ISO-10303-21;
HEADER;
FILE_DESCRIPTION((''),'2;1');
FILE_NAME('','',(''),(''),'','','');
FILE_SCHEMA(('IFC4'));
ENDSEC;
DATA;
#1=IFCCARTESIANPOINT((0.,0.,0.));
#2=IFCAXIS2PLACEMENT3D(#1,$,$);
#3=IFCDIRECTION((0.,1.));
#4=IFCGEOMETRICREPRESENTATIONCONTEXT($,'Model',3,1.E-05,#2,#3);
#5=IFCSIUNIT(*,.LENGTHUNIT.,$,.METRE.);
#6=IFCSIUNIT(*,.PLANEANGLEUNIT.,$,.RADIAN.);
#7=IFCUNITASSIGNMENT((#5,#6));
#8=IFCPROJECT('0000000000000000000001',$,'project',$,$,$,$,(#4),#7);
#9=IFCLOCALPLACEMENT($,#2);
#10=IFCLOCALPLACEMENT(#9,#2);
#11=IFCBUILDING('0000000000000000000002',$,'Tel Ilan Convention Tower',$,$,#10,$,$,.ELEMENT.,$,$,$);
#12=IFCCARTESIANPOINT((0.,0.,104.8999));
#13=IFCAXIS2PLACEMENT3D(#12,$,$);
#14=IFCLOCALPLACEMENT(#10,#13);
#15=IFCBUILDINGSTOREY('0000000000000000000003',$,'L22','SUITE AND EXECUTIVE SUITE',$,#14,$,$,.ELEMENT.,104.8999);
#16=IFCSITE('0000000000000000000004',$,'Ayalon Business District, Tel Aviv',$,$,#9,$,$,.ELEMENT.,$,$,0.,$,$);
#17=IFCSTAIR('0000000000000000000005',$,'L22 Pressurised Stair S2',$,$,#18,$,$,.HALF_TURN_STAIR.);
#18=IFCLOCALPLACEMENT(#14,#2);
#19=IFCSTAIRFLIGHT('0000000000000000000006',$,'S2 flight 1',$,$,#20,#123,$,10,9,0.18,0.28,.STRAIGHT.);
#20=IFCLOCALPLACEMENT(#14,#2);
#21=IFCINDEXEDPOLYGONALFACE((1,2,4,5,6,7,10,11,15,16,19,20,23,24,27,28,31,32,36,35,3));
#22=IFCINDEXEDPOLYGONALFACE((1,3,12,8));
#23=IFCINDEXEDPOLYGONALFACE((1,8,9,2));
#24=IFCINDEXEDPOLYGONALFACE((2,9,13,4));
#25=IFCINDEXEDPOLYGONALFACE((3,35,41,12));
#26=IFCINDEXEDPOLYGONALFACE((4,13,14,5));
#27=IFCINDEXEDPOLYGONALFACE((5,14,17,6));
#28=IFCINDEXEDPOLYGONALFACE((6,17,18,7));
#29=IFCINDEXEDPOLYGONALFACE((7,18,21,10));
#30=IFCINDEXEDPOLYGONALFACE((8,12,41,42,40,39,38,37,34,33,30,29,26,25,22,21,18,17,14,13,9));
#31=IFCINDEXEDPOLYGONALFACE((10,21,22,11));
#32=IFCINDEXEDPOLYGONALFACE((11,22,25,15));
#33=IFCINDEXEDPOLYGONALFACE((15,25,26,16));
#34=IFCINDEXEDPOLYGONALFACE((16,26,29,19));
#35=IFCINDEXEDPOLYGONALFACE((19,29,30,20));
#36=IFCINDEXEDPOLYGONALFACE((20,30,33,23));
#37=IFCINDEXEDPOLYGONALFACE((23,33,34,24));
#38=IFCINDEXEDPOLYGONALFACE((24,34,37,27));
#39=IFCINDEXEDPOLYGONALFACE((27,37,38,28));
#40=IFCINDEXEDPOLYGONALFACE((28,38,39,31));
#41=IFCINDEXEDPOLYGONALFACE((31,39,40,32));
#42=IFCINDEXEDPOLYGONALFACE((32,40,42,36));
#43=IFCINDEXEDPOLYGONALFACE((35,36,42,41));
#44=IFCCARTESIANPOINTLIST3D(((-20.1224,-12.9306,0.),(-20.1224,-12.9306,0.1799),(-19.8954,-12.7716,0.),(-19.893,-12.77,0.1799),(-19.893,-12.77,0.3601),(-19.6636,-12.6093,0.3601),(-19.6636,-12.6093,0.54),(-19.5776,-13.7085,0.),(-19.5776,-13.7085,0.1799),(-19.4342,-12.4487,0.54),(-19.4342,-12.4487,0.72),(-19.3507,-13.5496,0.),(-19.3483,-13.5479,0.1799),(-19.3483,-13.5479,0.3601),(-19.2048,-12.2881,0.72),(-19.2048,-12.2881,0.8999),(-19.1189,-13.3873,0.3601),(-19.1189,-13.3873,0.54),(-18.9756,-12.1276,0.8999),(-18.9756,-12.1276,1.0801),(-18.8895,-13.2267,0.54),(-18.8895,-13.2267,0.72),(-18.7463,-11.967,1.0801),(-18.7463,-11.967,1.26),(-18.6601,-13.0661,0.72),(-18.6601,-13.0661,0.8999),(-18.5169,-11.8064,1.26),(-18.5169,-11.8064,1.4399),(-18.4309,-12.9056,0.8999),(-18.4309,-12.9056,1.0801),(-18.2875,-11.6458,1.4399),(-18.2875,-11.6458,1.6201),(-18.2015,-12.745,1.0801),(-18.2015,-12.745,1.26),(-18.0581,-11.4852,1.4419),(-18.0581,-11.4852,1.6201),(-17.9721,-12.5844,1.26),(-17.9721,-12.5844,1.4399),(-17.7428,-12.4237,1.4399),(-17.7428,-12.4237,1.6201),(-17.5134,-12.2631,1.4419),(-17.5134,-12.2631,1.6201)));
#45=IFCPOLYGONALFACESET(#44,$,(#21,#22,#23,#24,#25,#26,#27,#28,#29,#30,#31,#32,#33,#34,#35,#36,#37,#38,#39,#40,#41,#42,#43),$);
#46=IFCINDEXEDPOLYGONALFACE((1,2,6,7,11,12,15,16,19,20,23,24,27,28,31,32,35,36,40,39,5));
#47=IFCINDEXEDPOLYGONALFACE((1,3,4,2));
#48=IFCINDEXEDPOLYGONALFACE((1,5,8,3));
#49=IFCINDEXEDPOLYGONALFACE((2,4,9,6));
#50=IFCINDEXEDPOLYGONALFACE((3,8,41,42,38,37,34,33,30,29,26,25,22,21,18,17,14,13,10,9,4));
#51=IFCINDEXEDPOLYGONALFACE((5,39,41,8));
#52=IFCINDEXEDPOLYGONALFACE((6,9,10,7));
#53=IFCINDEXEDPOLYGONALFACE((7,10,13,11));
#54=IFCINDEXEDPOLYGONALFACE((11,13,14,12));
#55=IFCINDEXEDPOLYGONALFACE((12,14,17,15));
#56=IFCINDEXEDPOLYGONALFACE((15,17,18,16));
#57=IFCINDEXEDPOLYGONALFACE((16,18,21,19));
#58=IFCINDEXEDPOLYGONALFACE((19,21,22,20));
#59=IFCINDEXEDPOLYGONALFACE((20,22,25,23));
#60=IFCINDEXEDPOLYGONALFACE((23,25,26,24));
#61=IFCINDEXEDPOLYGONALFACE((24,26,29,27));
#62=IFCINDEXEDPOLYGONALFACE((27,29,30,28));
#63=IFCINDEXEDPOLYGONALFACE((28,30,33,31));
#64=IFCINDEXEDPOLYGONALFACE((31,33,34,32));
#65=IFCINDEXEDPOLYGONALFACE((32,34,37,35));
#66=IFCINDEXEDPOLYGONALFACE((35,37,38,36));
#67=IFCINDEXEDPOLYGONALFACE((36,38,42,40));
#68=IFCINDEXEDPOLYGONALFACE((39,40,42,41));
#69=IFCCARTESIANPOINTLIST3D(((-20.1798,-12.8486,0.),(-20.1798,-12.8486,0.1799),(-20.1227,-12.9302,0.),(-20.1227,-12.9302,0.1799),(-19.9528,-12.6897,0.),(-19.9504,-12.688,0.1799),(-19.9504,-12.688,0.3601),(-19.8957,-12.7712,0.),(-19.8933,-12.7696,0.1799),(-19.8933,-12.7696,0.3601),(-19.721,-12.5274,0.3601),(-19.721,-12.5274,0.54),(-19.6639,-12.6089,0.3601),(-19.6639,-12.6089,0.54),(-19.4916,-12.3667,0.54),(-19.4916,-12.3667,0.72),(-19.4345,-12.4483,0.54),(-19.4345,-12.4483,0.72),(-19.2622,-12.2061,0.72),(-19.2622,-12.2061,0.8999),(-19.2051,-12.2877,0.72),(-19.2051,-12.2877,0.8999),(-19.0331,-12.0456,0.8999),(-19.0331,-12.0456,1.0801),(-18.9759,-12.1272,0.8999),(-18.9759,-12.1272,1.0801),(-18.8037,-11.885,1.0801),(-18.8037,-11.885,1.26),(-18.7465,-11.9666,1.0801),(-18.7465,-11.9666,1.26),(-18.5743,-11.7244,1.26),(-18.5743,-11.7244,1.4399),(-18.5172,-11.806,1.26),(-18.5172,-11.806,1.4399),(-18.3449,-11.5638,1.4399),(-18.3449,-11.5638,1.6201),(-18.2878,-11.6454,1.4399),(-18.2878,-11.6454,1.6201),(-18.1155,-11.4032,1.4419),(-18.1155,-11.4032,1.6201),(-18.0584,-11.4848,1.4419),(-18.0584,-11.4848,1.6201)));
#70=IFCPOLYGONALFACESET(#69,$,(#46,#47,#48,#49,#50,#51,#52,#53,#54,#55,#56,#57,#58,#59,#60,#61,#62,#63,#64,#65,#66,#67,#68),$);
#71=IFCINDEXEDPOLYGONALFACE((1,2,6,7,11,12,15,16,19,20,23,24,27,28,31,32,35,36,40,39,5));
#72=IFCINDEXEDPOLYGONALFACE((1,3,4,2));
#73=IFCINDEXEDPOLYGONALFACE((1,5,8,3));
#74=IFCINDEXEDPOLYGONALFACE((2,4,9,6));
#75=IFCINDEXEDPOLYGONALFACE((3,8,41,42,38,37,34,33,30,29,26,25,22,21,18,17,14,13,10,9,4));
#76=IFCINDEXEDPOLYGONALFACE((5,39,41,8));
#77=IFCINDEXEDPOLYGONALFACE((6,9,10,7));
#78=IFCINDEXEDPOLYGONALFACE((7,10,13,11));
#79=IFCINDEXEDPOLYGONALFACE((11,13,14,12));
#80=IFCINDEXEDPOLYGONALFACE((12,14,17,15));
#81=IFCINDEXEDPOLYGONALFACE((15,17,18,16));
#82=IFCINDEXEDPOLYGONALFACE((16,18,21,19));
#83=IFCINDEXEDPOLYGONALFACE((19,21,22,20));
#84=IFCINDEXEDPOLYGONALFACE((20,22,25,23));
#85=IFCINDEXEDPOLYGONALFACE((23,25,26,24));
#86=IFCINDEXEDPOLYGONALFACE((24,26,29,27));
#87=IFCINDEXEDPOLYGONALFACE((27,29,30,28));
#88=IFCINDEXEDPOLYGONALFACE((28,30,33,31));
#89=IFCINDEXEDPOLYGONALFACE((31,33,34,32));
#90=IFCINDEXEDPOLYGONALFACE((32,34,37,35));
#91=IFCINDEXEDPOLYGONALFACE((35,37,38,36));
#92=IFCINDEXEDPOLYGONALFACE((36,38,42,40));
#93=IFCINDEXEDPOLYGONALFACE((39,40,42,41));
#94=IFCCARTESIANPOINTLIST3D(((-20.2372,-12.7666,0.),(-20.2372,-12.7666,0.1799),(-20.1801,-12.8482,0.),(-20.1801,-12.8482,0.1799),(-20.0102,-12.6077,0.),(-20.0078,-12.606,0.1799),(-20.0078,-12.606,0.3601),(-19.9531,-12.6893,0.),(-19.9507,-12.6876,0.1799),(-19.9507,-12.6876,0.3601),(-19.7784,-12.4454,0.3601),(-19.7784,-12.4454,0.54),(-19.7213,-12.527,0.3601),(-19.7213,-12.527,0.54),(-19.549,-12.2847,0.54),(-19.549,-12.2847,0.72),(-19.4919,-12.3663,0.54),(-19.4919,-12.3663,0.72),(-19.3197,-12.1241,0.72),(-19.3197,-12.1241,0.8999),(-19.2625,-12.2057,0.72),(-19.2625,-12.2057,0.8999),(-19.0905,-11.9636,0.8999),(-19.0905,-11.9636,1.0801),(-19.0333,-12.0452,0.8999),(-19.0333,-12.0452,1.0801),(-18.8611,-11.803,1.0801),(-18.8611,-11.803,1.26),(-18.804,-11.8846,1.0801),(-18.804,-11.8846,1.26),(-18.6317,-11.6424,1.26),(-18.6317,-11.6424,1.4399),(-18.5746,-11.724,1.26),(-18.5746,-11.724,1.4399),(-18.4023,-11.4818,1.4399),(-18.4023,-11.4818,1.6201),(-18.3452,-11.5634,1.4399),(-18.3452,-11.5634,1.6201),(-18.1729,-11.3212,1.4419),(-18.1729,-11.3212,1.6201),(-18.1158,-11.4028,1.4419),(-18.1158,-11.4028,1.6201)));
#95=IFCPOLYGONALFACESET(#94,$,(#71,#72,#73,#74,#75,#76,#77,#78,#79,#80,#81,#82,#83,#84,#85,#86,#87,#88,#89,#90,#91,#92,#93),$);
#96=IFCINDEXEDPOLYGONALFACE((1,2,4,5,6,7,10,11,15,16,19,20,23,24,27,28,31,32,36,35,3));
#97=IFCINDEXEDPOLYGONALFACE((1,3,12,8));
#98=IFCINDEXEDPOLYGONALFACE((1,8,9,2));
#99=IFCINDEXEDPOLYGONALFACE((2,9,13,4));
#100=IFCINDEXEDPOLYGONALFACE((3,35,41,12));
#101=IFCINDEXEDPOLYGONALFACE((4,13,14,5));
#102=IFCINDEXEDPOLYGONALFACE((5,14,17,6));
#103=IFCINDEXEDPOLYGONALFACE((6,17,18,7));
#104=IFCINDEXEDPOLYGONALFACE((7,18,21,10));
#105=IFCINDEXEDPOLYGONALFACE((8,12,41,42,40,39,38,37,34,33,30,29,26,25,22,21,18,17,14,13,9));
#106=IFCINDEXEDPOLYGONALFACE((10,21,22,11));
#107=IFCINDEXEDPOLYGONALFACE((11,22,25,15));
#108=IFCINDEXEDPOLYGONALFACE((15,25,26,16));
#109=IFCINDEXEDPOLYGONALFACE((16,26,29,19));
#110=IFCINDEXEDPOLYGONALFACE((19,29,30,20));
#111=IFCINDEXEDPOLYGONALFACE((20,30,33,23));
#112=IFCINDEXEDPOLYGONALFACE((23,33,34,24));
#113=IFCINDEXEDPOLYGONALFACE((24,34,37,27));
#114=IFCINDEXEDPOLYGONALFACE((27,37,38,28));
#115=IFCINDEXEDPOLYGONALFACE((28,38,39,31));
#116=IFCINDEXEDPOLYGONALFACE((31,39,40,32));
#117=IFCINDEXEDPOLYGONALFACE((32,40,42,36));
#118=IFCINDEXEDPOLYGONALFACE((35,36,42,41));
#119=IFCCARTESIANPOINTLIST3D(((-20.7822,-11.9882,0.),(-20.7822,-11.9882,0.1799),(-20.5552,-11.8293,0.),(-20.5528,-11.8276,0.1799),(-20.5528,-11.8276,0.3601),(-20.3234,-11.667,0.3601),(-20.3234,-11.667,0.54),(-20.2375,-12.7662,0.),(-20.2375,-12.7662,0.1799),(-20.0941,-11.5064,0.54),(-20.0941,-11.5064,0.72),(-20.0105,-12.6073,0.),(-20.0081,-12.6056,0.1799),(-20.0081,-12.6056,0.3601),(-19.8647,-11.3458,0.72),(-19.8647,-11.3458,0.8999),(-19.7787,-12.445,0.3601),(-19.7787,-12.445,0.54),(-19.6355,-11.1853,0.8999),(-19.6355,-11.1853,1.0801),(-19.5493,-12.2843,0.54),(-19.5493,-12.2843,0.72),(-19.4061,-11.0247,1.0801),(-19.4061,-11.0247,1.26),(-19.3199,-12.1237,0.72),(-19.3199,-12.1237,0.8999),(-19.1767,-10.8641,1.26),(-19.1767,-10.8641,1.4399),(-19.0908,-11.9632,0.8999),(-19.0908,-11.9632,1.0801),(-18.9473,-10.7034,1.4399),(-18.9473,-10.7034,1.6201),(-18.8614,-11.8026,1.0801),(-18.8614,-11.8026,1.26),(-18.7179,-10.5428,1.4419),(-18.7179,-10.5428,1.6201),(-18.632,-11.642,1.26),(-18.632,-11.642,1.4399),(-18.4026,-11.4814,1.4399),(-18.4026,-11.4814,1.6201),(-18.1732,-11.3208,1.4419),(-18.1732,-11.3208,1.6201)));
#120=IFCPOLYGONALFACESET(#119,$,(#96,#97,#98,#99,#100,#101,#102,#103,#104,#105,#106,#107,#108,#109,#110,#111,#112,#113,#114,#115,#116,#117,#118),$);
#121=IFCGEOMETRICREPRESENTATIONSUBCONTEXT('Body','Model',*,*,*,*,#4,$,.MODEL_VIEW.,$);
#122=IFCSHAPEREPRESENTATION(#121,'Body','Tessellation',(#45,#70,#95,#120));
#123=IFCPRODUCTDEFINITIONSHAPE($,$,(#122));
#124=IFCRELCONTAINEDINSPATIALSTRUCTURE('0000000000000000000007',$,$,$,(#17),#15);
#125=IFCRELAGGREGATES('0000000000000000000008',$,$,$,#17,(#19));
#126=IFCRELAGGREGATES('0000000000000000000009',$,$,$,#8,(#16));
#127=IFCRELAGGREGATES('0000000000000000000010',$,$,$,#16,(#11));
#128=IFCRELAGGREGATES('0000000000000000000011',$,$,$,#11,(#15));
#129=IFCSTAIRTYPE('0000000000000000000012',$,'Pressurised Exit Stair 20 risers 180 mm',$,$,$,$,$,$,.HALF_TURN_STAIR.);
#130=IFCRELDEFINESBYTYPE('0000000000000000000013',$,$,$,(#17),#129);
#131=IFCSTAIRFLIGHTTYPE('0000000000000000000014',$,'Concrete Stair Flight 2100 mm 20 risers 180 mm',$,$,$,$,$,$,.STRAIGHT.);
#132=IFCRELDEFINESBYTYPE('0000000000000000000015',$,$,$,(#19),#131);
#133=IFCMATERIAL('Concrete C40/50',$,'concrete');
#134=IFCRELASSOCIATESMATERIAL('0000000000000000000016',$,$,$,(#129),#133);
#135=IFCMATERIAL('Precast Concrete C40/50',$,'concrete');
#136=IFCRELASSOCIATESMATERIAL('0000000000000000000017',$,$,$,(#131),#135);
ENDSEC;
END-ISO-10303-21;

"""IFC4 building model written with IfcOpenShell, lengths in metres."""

from ifc_helpers import new_model, si_unit, direction, frame, origin, place, context, subcontext, project, spatial, polyline, outline, extrude, material, type_object, element, aggregate, save


model = new_model("IFC4")

# Units and contexts
model_context = context("Model", 3, precision=1e-05, world=origin(), true_north=direction((0.0, 1.0)))
body_context = subcontext(model_context, "Body", "Model", "MODEL_VIEW")
ifc_project = project(units=[si_unit("LENGTHUNIT", "METRE"), si_unit("PLANEANGLEUNIT", "RADIAN")], contexts=[model_context])

# Site, building, storey
site_placement = place(None, origin())
site = spatial("IfcSite", under=ifc_project, at=site_placement, Name="Ayalon Business District, Tel Aviv", CompositionType="ELEMENT", RefElevation=0.0)
building_placement = place(site_placement, origin())
building = spatial("IfcBuilding", under=site, at=building_placement, Name="Tel Ilan Convention Tower", CompositionType="ELEMENT")
storey_placement = place(building_placement, frame((0.0, 0.0, 104.8999)))
storey = spatial("IfcBuildingStorey", under=building, at=storey_placement, Name="L22", Description="SUITE AND EXECUTIVE SUITE", CompositionType="ELEMENT", Elevation=104.8999)

# Stair, stair flight
ifc_material_1 = material(Name="Concrete C40/50", Category="concrete")
stair_type = type_object("IfcStairType", Name="Pressurised Exit Stair 20 risers 180 mm", PredefinedType="HALF_TURN_STAIR", material=ifc_material_1)
ifc_material_2 = material(Name="Precast Concrete C40/50", Category="concrete")
stair_flight_type = type_object("IfcStairFlightType", Name="Concrete Stair Flight 2100 mm 20 risers 180 mm", PredefinedType="STRAIGHT", material=ifc_material_2)
stair_1_placement = place(storey_placement, origin())
stair_1 = element("IfcStair", 1, at=stair_1_placement, inside=storey, type_object=stair_type, Name="L22 Pressurised Stair S2", PredefinedType="HALF_TURN_STAIR")
stair_flight_1_placement = place(storey_placement, frame((-20.1799, -12.8484, 0.0), z_axis=(0.0, 0.0, 1.0), x_axis=(0.819152, 0.573576, 0.0)))
stair_flight_1 = element("IfcStairFlight", 2, at=stair_flight_1_placement, type_object=stair_flight_type, Name="S2 flight 1", NumberOfRisers=10, NumberOfTreads=9, PredefinedType="STRAIGHT", RiserHeight=0.18, TreadLength=0.28, context=body_context, shape_type="SweptSolid", body=[
    extrude(outline(polyline([(0.0, 0.0), (0.0, 0.1799), (0.28, 0.1799), (0.28, 0.3601), (0.5601, 0.3601), (0.5601, 0.54), (0.8401, 0.54), (0.8401, 0.72), (1.1201, 0.72), (1.1201, 0.8999), (1.3999, 0.8999), (1.3999, 1.0801), (1.6799, 1.0801), (1.6799, 1.26), (1.96, 1.26), (1.96, 1.4399), (2.24, 1.4399), (2.24, 1.6201), (2.52, 1.6201), (2.52, 1.8), (2.52, 1.4419), (0.2771, 0.0), (0.0, 0.0)])), frame((0.0, -0.1003, 0.0), z_axis=(0.0, -1.0, 0.0), x_axis=(1.0, 0.0, 0.0)), (0.0, 0.0, 1.0), 0.9497),
    extrude(outline(polyline([(0.0, 0.0), (0.0, 0.1799), (0.28, 0.1799), (0.28, 0.3601), (0.5601, 0.3601), (0.5601, 0.54), (0.8401, 0.54), (0.8401, 0.72), (1.1201, 0.72), (1.1201, 0.8999), (1.3999, 0.8999), (1.3999, 1.0801), (1.6799, 1.0801), (1.6799, 1.26), (1.96, 1.26), (1.96, 1.4399), (2.24, 1.4399), (2.24, 1.6201), (2.52, 1.6201), (2.52, 1.8), (2.52, 1.4419), (0.2771, 0.0), (0.0, 0.0)])), frame((0.0, -0.0002, 0.0), z_axis=(0.0, -1.0, 0.0), x_axis=(1.0, 0.0, 0.0)), (0.0, 0.0, 1.0), 0.0996),
    extrude(outline(polyline([(0.0, 0.0), (0.0, 0.1799), (0.28, 0.1799), (0.28, 0.3601), (0.5601, 0.3601), (0.5601, 0.54), (0.8401, 0.54), (0.8401, 0.72), (1.1201, 0.72), (1.1201, 0.8999), (1.3999, 0.8999), (1.3999, 1.0801), (1.6799, 1.0801), (1.6799, 1.26), (1.96, 1.26), (1.96, 1.4399), (2.24, 1.4399), (2.24, 1.6201), (2.52, 1.6201), (2.52, 1.8), (2.52, 1.4419), (0.2771, 0.0), (0.0, 0.0)])), frame((0.0, 0.0999, 0.0), z_axis=(0.0, -1.0, 0.0), x_axis=(1.0, 0.0, 0.0)), (0.0, 0.0, 1.0), 0.0996),
    extrude(outline(polyline([(0.0, 0.0), (0.0, 0.1799), (0.28, 0.1799), (0.28, 0.3601), (0.5601, 0.3601), (0.5601, 0.54), (0.8401, 0.54), (0.8401, 0.72), (1.1201, 0.72), (1.1201, 0.8999), (1.3999, 0.8999), (1.3999, 1.0801), (1.6799, 1.0801), (1.6799, 1.26), (1.96, 1.26), (1.96, 1.4399), (2.24, 1.4399), (2.24, 1.6201), (2.52, 1.6201), (2.52, 1.8), (2.52, 1.4419), (0.2771, 0.0), (0.0, 0.0)])), frame((0.0, 1.05, 0.0), z_axis=(0.0, -1.0, 0.0), x_axis=(1.0, 0.0, 0.0)), (0.0, 0.0, 1.0), 0.9497),
])
aggregate(stair_1, [stair_flight_1])

save(model, "model.ifc")
